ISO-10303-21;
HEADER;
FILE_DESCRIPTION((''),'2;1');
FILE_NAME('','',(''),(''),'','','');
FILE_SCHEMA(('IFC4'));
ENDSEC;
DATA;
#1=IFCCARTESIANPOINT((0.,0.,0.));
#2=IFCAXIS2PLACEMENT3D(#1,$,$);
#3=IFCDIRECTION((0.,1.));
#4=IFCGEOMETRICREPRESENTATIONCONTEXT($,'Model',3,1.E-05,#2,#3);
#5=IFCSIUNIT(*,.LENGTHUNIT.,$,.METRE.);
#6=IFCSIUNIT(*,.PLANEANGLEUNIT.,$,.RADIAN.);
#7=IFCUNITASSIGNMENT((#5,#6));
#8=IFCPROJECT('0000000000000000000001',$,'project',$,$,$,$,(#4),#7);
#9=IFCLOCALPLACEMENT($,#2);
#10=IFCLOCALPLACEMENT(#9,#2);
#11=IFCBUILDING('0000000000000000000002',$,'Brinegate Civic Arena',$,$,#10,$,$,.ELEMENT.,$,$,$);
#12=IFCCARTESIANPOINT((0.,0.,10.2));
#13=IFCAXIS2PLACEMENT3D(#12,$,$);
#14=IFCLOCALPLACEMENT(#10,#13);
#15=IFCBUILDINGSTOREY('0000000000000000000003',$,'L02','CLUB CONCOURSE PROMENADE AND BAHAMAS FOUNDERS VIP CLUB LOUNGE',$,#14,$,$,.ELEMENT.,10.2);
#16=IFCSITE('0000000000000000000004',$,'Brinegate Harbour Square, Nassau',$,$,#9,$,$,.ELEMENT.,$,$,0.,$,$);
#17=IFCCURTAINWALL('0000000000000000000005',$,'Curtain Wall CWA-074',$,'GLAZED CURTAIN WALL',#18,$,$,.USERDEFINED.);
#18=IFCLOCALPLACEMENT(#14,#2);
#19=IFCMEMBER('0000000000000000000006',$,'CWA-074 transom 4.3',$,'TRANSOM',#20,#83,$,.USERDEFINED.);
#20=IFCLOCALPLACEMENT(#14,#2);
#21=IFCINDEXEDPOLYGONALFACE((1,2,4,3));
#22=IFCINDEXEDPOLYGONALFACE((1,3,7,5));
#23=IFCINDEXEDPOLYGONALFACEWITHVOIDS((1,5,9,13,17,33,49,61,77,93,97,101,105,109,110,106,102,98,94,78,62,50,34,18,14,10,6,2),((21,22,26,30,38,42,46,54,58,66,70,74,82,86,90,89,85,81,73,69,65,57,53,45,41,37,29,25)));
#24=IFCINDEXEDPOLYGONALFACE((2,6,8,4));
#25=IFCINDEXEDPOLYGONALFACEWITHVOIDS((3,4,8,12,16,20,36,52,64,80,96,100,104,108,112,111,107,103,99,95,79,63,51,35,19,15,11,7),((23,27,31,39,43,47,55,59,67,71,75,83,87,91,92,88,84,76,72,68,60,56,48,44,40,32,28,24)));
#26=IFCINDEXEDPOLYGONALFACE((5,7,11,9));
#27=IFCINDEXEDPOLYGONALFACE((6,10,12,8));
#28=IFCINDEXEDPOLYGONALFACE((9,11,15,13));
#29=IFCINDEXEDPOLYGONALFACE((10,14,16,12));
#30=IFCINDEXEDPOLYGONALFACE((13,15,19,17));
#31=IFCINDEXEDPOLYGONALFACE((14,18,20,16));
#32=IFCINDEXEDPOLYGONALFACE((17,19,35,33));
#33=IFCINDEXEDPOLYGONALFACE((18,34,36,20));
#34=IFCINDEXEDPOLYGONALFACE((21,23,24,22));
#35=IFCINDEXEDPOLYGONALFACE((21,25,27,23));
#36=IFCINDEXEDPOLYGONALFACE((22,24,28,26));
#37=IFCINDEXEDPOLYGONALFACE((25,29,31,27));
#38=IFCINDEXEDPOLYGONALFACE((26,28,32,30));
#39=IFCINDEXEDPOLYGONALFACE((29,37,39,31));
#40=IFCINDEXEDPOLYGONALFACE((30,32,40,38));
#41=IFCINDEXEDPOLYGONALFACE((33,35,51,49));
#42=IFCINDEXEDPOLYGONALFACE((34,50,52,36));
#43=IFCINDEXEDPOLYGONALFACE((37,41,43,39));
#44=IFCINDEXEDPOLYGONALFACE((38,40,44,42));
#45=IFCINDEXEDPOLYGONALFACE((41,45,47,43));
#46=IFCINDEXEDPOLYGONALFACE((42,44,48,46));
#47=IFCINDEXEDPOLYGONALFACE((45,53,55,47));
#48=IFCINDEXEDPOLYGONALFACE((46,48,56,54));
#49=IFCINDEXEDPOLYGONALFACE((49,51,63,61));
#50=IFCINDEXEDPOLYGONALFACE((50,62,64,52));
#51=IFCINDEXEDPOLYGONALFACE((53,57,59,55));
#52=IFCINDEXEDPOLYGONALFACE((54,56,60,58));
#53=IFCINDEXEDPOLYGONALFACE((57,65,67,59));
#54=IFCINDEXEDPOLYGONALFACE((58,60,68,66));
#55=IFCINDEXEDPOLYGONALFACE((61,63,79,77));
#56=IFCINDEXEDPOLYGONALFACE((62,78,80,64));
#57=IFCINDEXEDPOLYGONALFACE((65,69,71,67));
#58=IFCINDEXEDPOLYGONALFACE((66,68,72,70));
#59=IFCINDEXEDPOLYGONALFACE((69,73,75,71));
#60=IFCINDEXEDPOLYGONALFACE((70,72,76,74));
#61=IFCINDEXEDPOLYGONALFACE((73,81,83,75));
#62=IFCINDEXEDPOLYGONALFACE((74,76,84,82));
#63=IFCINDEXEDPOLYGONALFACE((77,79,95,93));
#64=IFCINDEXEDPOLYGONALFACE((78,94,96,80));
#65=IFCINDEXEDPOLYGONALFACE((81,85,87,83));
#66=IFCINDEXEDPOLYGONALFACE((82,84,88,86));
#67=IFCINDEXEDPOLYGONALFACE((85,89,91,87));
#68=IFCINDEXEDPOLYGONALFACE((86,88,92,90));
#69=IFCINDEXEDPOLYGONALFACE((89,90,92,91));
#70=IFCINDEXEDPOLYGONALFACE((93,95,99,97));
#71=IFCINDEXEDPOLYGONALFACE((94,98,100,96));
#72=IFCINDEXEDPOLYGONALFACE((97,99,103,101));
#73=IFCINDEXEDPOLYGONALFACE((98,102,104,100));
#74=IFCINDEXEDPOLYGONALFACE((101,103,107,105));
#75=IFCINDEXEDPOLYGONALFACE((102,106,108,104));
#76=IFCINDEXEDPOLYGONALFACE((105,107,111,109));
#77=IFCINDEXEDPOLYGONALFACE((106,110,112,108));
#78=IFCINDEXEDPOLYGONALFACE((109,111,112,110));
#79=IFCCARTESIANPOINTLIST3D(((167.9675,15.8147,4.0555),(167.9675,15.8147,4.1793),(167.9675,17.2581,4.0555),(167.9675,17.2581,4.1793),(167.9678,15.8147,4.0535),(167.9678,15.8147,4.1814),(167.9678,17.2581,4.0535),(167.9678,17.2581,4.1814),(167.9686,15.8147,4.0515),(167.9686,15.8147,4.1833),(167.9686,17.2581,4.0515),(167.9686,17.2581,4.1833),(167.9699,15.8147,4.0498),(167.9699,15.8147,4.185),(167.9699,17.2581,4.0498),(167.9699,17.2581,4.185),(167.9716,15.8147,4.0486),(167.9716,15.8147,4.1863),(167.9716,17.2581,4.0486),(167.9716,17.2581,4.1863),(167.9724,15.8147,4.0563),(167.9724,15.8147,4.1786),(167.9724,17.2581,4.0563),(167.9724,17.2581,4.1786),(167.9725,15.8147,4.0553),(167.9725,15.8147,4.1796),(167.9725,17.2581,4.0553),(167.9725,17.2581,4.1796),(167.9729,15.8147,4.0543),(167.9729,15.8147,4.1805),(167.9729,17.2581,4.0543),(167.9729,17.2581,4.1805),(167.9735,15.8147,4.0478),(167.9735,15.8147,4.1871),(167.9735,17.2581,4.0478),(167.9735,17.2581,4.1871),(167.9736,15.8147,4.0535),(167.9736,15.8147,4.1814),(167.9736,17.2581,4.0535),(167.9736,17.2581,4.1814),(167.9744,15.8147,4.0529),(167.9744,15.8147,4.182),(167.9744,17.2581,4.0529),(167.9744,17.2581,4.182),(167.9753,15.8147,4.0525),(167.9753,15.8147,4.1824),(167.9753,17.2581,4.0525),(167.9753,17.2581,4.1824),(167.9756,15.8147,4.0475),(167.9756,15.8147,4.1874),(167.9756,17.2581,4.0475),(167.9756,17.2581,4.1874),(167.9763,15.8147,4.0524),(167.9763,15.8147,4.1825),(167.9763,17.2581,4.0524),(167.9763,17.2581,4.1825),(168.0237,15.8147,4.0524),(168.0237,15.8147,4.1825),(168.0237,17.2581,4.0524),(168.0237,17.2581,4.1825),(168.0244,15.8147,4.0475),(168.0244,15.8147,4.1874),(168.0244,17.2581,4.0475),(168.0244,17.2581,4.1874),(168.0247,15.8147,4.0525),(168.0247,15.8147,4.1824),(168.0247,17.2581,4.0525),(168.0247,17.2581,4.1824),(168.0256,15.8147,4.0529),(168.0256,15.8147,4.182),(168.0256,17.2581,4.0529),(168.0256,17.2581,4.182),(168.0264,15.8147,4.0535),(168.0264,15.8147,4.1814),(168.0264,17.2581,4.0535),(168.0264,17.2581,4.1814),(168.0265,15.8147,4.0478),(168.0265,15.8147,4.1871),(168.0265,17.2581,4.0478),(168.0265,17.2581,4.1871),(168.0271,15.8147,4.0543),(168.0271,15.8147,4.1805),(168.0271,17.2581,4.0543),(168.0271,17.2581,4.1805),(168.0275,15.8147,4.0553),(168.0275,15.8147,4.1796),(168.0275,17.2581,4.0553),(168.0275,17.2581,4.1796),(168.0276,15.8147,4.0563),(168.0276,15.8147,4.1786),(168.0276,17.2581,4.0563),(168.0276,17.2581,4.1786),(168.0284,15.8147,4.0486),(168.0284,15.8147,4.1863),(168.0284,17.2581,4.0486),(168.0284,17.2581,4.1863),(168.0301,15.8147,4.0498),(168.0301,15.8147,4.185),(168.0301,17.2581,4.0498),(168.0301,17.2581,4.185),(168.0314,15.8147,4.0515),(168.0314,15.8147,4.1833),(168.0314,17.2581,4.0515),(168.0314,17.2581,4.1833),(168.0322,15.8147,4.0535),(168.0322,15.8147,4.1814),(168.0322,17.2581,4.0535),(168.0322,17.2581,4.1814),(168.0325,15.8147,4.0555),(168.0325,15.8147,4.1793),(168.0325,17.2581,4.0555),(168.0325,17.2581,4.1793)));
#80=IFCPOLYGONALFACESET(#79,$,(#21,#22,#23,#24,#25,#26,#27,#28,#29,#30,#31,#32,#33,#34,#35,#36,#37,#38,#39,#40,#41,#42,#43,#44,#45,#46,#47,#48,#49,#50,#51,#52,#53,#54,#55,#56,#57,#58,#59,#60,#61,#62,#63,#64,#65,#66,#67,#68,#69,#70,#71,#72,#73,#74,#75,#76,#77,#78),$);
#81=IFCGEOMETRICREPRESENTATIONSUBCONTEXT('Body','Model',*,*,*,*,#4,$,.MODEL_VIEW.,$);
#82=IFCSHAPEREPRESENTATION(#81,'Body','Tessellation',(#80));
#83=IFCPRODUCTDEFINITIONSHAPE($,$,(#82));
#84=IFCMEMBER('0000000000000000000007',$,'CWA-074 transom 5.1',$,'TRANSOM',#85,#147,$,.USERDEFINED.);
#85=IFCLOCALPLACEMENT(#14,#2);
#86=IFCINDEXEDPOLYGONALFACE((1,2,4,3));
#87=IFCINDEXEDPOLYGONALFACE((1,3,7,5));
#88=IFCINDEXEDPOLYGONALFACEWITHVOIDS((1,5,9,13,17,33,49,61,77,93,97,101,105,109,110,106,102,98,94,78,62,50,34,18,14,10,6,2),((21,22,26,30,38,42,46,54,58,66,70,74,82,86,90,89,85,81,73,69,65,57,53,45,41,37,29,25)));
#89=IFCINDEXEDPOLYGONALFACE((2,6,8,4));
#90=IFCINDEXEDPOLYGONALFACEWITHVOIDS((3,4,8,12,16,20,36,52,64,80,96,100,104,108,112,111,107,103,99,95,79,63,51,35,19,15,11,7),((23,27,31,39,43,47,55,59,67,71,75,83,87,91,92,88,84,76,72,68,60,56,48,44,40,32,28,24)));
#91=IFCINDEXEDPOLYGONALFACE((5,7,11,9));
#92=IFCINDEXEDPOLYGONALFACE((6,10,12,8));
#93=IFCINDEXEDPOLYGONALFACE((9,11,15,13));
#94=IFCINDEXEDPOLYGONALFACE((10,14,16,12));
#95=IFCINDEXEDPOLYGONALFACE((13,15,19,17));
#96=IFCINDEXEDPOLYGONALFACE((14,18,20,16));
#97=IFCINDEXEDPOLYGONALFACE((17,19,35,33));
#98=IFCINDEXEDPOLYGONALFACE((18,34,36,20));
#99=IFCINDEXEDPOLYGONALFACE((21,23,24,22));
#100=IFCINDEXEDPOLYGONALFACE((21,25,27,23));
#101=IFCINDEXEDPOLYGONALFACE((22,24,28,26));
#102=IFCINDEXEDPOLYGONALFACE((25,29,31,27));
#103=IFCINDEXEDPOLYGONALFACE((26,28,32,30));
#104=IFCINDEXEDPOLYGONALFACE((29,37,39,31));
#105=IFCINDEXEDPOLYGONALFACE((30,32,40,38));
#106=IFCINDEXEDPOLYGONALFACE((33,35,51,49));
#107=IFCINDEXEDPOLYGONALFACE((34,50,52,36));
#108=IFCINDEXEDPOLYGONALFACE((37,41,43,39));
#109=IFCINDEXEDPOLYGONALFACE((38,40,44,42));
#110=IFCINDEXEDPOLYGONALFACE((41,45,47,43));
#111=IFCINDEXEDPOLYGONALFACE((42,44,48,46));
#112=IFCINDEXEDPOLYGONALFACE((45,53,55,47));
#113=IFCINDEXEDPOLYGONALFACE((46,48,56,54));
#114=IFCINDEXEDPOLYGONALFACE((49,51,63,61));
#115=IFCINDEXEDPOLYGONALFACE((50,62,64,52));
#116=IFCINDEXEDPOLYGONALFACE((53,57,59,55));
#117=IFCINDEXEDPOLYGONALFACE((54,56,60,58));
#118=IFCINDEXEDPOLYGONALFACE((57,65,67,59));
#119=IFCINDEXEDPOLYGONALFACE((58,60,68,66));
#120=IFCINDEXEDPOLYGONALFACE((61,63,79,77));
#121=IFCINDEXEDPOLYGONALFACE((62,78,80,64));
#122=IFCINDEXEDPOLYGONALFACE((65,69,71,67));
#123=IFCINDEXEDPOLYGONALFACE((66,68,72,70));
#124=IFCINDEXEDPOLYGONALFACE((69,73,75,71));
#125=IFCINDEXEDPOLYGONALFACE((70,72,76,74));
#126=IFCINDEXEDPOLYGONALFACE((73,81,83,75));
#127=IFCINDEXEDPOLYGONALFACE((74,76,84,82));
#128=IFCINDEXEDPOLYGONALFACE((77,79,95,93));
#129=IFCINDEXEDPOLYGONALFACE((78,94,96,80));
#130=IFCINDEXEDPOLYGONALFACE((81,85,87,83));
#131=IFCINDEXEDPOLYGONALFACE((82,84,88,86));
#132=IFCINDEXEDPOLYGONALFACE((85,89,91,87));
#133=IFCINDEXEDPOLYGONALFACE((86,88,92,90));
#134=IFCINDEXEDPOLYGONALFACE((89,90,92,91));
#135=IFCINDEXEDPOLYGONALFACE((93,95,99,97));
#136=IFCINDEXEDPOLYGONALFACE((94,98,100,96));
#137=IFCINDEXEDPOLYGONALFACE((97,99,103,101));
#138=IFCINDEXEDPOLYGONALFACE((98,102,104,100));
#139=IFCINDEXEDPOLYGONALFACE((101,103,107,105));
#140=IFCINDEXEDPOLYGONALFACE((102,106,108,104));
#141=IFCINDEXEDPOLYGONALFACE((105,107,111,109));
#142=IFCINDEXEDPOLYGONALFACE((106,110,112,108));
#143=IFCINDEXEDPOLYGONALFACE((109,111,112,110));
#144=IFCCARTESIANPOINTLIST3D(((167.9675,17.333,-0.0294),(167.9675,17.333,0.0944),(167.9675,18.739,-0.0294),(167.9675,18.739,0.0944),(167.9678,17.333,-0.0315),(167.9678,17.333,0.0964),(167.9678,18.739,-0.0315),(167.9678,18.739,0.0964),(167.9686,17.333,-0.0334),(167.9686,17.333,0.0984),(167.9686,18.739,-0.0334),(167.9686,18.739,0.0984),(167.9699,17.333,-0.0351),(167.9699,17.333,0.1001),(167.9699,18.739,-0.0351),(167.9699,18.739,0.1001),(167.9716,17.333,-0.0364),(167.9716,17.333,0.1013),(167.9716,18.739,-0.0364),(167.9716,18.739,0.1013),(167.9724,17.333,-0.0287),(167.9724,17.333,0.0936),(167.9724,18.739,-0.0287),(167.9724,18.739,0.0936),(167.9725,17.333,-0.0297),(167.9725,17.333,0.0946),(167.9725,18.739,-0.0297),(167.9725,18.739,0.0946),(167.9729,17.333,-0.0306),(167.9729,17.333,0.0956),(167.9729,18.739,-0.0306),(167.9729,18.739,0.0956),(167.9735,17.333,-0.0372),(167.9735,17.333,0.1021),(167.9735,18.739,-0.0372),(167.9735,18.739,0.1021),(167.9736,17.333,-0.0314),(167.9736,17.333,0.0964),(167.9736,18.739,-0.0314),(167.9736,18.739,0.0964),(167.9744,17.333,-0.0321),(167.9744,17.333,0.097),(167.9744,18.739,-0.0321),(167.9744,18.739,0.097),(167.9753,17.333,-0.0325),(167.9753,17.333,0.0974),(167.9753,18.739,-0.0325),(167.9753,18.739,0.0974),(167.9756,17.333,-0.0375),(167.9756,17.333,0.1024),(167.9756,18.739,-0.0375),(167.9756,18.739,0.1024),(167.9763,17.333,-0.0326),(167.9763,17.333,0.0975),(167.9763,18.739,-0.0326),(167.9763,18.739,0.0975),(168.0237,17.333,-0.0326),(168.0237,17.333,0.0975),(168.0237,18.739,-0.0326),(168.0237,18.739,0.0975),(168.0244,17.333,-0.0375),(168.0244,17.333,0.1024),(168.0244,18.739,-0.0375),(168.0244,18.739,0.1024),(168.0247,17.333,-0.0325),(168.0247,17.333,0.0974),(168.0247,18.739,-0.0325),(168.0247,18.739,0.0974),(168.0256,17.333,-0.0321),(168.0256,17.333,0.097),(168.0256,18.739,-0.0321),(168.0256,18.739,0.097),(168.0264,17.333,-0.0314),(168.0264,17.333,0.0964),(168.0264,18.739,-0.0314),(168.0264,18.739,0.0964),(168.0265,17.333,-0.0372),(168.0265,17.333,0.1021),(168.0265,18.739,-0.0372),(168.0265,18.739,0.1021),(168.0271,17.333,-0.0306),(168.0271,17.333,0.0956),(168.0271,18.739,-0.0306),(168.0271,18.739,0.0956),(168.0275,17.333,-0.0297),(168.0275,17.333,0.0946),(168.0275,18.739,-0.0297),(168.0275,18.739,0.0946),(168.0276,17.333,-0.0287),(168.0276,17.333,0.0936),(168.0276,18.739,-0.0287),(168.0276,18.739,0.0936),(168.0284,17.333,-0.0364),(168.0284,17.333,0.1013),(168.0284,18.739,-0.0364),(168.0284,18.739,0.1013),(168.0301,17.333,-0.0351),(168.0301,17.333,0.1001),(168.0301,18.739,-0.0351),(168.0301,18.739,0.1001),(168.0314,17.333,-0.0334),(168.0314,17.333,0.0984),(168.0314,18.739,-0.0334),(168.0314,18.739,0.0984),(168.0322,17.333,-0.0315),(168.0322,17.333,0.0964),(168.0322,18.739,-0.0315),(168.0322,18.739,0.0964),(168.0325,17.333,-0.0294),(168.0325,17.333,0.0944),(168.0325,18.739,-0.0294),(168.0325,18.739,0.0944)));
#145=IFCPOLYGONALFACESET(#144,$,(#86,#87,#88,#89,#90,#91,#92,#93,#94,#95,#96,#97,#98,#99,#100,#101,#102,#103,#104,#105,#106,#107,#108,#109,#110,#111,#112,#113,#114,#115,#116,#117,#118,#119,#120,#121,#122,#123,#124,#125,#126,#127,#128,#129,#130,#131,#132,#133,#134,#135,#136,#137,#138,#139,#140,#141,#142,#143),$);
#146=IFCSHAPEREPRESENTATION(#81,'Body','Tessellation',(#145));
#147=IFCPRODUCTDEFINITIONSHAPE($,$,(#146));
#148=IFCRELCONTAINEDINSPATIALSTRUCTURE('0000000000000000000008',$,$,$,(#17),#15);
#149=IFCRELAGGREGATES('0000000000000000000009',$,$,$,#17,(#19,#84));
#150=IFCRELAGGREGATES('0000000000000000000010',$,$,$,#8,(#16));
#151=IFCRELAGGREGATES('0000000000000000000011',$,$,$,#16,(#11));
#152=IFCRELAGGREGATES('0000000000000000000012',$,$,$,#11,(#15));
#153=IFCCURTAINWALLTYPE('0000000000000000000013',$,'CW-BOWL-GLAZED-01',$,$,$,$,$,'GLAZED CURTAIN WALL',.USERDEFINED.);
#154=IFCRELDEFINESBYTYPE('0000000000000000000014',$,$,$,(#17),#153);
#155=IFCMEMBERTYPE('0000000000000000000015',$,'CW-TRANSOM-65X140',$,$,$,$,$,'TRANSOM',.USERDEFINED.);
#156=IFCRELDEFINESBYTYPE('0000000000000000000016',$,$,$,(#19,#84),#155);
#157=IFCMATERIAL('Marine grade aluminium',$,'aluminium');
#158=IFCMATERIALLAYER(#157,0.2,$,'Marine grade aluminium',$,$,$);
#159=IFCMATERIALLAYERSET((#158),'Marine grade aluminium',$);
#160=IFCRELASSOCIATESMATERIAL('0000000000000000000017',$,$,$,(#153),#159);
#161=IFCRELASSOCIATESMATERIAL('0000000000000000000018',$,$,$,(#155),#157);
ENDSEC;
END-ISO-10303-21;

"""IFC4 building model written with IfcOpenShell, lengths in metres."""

from ifc_helpers import new_model, si_unit, direction, frame, origin, origin_2d, place, context, subcontext, project, spatial, hollow_rectangle, extrude, material, layer, layer_set, material_profile, profile_set, type_object, element, aggregate, save


model = new_model("IFC4")

# Units and contexts
model_context = context("Model", 3, precision=1e-05, world=origin(), true_north=direction((0.0, 1.0)))
body_context = subcontext(model_context, "Body", "Model", "MODEL_VIEW")
ifc_project = project(units=[si_unit("LENGTHUNIT", "METRE"), si_unit("PLANEANGLEUNIT", "RADIAN")], contexts=[model_context])

# Site, building, storey
site_placement = place(None, origin())
site = spatial("IfcSite", under=ifc_project, at=site_placement, Name="Brinegate Harbour Square, Nassau", CompositionType="ELEMENT", RefElevation=0.0)
building_placement = place(site_placement, origin())
building = spatial("IfcBuilding", under=site, at=building_placement, Name="Brinegate Civic Arena", CompositionType="ELEMENT")
storey_placement = place(building_placement, frame((0.0, 0.0, 10.2)))
storey = spatial("IfcBuildingStorey", under=building, at=storey_placement, Name="L02", Description="CLUB CONCOURSE PROMENADE AND BAHAMAS FOUNDERS VIP CLUB LOUNGE", CompositionType="ELEMENT", Elevation=10.2)

# Shared definitions
ifc_material_1 = material(Name="Marine grade aluminium", Category="aluminium")
ifc_layer_1 = layer(ifc_material_1, 0.2, Name="Marine grade aluminium")
ifc_layer_set_1 = layer_set([ifc_layer_1], Name="Marine grade aluminium")
curtain_wall_type = type_object("IfcCurtainWallType", Name="CW-BOWL-GLAZED-01", ElementType="GLAZED CURTAIN WALL", PredefinedType="USERDEFINED", material=ifc_layer_set_1)

# Curtain wall, members
curtain_wall_1_placement = place(storey_placement, origin())
curtain_wall_1 = element("IfcCurtainWall", 1, at=curtain_wall_1_placement, inside=storey, type_object=curtain_wall_type, Name="Curtain Wall CWA-074", ObjectType="GLAZED CURTAIN WALL", PredefinedType="USERDEFINED")
ifc_material_profile_1 = material_profile(ifc_material_1, hollow_rectangle(XDim=0.0649, YDim=0.1399, WallThickness=0.0049, InnerFilletRadius=0.0039, OuterFilletRadius=0.0081, at=origin_2d()), Name="TRN65X140")
ifc_profile_set_1 = profile_set([ifc_material_profile_1], Name="Marine grade aluminium")
member_type_1 = type_object("IfcMemberType", Name="CW-TRANSOM-65X140", ElementType="TRANSOM", PredefinedType="USERDEFINED", material=ifc_profile_set_1)
member_1_placement = place(storey_placement, frame((168.0, 15.8147, 4.1174), z_axis=(0.0, 1.0, 0.0), x_axis=(-1.0, 0.0, 0.0)))
member_1 = element("IfcMember", 2, at=member_1_placement, type_object=member_type_1, Name="CWA-074 transom 4.3", ObjectType="TRANSOM", PredefinedType="USERDEFINED", context=body_context, shape_type="SweptSolid", body=[
    extrude(hollow_rectangle(XDim=0.0649, YDim=0.1399, WallThickness=0.0049, InnerFilletRadius=0.0039, OuterFilletRadius=0.0081, at=origin_2d()), origin(), (0.0, 0.0, 1.0), 1.4434),
])
member_2_placement = place(storey_placement, frame((168.0, 17.333, 0.0325), z_axis=(0.0, 1.0, 0.0), x_axis=(-1.0, 0.0, 0.0)))
member_2 = element("IfcMember", 3, at=member_2_placement, type_object=member_type_1, Name="CWA-074 transom 5.1", ObjectType="TRANSOM", PredefinedType="USERDEFINED", context=body_context, shape_type="SweptSolid", body=[
    extrude(hollow_rectangle(XDim=0.0649, YDim=0.1399, WallThickness=0.0049, InnerFilletRadius=0.0039, OuterFilletRadius=0.0081, at=origin_2d()), origin(), (0.0, 0.0, 1.0), 1.406),
])

aggregate(curtain_wall_1, [member_1, member_2])

save(model, "model.ifc")
